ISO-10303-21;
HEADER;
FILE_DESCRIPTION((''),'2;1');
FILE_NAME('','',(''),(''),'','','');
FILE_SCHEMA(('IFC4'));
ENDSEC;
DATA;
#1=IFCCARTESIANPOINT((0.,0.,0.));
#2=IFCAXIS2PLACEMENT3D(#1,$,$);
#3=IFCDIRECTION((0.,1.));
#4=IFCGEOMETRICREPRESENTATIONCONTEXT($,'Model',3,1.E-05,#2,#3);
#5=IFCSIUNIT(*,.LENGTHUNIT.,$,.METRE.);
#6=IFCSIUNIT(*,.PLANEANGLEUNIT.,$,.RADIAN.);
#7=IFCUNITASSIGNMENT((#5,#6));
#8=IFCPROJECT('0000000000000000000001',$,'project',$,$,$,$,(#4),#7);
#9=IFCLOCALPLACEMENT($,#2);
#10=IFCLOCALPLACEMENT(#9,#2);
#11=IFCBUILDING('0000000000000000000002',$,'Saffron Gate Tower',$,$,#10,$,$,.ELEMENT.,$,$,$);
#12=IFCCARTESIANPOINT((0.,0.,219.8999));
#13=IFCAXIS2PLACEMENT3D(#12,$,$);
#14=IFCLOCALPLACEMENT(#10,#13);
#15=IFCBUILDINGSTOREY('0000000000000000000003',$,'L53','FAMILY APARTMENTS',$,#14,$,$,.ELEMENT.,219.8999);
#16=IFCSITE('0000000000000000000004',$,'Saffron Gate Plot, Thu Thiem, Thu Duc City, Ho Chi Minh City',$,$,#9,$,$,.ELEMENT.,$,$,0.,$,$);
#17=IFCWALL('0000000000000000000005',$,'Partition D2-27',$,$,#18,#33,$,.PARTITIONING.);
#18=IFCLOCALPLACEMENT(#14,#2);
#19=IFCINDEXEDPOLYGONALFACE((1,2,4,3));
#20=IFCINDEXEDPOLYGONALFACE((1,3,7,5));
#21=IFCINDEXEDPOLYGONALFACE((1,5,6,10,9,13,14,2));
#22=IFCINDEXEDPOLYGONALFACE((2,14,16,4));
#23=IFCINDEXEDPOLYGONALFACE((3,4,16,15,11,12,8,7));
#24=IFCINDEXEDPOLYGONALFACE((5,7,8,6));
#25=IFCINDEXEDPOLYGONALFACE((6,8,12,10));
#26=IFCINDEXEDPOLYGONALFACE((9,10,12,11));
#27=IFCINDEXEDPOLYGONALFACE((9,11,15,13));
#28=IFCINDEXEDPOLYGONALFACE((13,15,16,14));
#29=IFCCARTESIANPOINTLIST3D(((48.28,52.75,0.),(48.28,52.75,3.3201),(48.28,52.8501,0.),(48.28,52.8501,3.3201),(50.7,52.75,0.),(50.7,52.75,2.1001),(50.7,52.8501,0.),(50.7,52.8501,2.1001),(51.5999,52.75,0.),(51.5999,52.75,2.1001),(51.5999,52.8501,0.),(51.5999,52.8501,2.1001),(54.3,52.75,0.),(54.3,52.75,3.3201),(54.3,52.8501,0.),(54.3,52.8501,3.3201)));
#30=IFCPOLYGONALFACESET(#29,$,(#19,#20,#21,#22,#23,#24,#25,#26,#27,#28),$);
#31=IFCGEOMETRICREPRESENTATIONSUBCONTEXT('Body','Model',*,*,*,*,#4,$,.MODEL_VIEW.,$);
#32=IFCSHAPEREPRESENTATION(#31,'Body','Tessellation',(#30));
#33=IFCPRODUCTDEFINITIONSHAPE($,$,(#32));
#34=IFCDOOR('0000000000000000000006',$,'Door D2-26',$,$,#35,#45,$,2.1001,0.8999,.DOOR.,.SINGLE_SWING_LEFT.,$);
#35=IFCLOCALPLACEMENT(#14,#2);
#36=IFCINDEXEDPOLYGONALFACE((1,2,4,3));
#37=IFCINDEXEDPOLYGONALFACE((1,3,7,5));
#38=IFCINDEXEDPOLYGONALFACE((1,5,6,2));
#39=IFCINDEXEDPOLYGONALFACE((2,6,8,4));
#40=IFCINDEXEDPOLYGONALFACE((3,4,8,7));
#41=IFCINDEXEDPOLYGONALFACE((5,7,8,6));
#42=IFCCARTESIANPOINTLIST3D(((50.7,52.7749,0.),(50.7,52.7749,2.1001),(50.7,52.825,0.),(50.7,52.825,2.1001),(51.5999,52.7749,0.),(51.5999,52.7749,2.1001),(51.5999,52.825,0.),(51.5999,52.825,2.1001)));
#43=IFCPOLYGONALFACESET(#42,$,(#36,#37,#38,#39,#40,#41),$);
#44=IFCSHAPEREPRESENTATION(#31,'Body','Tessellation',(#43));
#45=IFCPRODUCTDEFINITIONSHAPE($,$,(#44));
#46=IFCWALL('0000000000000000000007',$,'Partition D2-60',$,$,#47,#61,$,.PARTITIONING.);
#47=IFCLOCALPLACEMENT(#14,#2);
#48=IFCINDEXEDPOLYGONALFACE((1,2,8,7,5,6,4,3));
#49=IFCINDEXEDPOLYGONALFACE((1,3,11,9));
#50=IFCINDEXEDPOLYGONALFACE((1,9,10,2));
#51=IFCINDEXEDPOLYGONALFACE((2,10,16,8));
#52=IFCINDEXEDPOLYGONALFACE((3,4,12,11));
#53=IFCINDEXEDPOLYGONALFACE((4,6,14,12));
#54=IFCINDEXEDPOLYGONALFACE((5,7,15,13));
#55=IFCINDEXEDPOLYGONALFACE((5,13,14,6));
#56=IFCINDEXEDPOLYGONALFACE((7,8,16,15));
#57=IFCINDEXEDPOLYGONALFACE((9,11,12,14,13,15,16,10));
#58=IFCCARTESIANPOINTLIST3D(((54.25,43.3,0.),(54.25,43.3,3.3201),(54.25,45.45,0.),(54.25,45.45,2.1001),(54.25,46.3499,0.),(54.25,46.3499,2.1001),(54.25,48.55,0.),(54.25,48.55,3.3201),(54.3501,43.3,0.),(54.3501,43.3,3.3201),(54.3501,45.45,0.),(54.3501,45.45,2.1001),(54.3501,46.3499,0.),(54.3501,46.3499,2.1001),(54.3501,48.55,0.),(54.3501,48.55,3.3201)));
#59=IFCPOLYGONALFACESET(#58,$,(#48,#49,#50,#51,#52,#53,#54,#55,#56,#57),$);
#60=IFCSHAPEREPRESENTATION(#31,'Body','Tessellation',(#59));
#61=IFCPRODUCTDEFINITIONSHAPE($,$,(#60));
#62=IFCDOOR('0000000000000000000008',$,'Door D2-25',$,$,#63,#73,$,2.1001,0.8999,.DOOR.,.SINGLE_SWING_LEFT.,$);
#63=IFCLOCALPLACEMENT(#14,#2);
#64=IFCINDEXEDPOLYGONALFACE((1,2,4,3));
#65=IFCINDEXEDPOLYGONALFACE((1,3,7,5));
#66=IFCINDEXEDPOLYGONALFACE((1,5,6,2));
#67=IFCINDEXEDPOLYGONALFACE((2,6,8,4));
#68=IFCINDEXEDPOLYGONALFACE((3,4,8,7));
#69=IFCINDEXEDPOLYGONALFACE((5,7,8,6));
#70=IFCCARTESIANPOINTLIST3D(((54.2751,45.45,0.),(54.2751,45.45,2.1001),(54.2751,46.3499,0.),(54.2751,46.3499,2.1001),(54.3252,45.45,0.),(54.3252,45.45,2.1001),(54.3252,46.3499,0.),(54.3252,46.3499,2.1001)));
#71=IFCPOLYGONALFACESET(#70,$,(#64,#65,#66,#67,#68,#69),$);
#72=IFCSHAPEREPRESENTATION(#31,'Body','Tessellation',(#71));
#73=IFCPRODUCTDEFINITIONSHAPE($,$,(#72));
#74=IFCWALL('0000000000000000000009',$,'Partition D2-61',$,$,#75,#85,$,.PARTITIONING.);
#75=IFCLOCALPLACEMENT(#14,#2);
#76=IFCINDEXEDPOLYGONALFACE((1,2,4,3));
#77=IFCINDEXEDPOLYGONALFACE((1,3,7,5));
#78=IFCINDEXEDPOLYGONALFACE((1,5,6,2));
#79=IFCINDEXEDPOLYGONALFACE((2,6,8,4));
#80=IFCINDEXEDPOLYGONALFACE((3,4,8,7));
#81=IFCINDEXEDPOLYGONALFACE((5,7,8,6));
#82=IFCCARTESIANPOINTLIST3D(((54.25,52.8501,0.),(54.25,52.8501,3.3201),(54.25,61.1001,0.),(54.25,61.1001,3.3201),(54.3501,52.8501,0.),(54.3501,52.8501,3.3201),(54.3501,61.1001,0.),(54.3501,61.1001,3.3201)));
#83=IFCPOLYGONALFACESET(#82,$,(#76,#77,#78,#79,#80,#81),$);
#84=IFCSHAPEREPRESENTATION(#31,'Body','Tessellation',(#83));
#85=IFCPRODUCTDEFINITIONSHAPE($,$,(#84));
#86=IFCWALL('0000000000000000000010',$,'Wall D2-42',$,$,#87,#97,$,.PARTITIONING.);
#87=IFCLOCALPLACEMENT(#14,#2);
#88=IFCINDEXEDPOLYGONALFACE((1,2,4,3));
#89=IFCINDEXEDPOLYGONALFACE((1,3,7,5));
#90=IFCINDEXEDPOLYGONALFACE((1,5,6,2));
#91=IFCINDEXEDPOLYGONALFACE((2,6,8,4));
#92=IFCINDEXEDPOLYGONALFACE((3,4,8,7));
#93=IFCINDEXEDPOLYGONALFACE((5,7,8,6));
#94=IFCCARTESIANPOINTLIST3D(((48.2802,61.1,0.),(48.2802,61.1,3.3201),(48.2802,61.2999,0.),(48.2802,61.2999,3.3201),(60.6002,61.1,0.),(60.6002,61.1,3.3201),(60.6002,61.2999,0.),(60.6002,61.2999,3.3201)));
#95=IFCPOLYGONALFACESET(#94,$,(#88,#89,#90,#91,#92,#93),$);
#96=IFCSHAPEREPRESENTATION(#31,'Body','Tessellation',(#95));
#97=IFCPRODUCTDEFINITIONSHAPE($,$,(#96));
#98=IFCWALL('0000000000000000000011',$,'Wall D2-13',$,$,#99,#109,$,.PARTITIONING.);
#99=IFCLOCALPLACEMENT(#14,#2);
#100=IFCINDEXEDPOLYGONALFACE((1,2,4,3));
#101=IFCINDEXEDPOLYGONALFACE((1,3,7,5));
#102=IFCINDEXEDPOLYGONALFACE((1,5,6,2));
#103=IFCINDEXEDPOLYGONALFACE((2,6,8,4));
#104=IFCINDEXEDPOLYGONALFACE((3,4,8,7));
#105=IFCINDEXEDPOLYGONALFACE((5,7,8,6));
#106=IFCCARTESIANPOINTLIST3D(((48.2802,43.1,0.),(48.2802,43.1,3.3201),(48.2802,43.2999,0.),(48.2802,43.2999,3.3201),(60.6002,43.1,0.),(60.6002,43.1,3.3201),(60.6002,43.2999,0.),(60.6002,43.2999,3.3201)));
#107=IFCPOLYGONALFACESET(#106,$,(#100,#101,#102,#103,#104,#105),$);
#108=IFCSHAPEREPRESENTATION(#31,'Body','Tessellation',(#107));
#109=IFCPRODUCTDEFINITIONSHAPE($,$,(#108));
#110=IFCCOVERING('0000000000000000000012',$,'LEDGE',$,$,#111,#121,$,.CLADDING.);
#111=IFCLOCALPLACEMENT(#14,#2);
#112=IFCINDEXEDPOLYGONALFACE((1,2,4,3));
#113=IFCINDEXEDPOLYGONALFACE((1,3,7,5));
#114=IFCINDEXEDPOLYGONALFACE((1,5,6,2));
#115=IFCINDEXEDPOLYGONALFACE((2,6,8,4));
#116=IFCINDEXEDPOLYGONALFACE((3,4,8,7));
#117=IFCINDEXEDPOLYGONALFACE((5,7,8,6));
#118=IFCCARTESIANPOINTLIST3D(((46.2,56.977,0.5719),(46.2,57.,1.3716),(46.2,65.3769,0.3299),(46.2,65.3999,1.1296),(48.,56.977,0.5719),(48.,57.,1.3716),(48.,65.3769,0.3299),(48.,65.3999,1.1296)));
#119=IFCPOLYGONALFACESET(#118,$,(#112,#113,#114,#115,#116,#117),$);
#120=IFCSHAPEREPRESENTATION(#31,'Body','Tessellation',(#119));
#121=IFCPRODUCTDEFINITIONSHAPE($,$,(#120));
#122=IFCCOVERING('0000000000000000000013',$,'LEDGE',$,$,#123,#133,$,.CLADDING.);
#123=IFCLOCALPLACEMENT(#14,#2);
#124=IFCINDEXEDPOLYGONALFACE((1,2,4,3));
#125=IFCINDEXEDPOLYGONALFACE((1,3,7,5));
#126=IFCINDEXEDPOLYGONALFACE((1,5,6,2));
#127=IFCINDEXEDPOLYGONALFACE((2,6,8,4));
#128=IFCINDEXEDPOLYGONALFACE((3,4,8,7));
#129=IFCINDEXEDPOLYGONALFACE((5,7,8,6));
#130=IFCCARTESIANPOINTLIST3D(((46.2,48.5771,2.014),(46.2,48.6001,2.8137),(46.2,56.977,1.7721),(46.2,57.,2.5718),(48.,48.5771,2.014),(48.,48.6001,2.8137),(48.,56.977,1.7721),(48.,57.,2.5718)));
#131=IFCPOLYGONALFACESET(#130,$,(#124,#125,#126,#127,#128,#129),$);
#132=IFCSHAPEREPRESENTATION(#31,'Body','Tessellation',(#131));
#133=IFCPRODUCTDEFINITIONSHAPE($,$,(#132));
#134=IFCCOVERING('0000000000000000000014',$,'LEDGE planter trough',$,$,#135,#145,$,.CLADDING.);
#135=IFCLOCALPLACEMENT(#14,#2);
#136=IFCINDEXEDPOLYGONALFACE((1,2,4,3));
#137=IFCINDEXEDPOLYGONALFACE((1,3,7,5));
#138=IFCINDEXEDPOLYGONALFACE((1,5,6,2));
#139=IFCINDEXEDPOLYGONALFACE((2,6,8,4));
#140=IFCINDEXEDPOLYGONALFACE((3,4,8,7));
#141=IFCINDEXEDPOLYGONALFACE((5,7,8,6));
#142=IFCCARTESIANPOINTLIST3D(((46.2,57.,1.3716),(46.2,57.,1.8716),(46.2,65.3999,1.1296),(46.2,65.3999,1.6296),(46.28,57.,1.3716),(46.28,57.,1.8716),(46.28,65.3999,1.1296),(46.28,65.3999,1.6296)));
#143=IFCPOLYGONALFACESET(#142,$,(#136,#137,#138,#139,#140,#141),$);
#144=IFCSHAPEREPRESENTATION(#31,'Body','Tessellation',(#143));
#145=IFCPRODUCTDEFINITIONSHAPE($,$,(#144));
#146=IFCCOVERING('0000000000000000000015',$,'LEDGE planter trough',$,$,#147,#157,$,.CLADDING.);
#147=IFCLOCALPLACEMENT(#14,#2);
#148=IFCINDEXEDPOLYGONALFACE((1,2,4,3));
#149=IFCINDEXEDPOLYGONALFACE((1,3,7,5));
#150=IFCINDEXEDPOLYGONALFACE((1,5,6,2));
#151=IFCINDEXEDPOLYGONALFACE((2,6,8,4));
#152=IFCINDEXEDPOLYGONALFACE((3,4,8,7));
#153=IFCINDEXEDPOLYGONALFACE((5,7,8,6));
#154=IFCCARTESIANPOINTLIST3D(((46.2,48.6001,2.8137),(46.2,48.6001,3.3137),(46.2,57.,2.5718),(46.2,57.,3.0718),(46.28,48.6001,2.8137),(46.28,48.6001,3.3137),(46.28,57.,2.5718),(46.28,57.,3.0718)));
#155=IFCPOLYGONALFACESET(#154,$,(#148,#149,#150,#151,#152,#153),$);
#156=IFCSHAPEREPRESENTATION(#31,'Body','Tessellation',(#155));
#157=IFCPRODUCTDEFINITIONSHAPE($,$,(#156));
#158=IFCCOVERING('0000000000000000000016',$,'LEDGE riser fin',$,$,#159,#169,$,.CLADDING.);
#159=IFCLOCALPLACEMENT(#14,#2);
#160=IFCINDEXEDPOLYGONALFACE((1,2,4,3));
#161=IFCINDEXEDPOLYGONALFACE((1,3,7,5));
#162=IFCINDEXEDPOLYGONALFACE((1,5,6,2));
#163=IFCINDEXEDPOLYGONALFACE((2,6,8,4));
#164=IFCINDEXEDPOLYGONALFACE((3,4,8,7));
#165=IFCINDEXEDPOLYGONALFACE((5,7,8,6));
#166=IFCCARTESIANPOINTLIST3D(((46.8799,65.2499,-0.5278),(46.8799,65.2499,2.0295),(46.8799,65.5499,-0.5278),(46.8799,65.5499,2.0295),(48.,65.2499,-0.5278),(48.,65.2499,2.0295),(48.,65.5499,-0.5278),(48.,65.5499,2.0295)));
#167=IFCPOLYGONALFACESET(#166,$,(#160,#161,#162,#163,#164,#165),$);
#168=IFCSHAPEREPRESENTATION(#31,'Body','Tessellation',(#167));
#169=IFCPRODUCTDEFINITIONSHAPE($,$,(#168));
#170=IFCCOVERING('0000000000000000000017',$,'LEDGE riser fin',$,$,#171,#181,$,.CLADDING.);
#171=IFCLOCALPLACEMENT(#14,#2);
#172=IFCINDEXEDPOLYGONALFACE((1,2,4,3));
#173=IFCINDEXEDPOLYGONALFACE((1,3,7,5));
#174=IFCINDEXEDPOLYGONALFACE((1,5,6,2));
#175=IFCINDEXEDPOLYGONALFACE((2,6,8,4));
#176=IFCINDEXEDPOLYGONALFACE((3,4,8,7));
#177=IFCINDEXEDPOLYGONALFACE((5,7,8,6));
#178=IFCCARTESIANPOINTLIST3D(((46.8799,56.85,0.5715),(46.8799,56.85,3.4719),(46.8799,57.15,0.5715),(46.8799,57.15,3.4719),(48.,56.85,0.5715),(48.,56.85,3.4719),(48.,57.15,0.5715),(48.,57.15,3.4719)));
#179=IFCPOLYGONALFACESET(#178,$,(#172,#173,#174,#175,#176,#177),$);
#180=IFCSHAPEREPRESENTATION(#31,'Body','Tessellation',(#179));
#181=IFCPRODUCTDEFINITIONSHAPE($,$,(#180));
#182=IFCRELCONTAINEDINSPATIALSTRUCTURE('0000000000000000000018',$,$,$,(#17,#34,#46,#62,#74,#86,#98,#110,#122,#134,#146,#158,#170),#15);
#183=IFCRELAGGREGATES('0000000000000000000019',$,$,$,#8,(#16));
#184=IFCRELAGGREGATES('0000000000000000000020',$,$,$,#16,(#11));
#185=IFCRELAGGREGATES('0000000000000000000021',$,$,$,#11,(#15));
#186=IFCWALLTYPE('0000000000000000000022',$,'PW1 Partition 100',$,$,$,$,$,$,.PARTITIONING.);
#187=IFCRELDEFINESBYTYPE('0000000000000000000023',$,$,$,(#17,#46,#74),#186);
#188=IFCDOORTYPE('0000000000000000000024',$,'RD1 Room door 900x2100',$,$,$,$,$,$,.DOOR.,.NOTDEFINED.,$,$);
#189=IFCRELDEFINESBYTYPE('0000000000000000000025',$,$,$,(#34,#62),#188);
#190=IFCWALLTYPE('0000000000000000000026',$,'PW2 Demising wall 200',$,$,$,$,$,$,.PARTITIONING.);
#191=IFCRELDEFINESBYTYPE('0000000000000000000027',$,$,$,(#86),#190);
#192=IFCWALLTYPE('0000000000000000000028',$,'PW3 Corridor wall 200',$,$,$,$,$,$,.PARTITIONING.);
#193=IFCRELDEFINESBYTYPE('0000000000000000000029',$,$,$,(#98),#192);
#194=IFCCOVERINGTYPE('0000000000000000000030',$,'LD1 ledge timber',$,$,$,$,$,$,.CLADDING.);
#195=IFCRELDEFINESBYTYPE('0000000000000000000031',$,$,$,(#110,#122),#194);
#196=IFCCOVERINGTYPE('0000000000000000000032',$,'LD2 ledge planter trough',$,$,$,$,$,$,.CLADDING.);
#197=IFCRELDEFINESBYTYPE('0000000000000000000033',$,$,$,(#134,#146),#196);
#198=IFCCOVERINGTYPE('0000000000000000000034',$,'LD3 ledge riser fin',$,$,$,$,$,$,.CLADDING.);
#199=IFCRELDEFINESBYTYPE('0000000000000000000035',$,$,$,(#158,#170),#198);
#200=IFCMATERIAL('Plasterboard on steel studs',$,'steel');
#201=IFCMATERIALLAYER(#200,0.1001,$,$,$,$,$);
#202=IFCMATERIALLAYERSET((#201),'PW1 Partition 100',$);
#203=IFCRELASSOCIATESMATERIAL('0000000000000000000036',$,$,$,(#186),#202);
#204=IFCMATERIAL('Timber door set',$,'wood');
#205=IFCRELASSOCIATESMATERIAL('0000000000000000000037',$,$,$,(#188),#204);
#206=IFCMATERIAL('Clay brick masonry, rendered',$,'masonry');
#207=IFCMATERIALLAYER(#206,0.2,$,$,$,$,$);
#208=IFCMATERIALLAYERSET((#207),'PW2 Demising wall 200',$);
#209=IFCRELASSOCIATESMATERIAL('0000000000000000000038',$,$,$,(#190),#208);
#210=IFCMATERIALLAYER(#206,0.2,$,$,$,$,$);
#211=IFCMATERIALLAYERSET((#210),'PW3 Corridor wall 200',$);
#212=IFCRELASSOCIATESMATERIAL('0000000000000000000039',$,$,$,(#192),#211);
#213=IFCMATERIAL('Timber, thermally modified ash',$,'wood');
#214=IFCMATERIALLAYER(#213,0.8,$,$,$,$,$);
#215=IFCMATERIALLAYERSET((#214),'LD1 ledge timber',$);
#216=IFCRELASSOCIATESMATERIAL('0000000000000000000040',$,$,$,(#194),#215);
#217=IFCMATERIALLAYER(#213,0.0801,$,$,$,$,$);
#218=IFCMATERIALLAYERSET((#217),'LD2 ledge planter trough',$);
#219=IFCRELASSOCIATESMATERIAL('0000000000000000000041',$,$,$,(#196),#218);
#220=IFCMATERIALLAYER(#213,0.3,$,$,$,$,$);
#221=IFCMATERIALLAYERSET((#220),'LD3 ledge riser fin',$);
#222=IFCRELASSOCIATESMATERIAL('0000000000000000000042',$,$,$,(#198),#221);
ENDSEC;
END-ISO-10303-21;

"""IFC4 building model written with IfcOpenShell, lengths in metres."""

from ifc_helpers import new_model, si_unit, direction, frame, frame_2d, origin, origin_2d, place, context, subcontext, project, spatial, polyline, rectangle, outline, extrude, material, layer, layer_set, type_object, element, fill, save


model = new_model("IFC4")

# Units and contexts
model_context = context("Model", 3, precision=1e-05, world=origin(), true_north=direction((0.0, 1.0)))
body_context = subcontext(model_context, "Body", "Model", "MODEL_VIEW")
ifc_project = project(units=[si_unit("LENGTHUNIT", "METRE"), si_unit("PLANEANGLEUNIT", "RADIAN")], contexts=[model_context])

# Site, building, storey
site_placement = place(None, origin())
site = spatial("IfcSite", under=ifc_project, at=site_placement, Name="Saffron Gate Plot, Thu Thiem, Thu Duc City, Ho Chi Minh City", CompositionType="ELEMENT", RefElevation=0.0)
building_placement = place(site_placement, origin())
building = spatial("IfcBuilding", under=site, at=building_placement, Name="Saffron Gate Tower", CompositionType="ELEMENT")
storey_placement = place(building_placement, frame((0.0, 0.0, 219.8999)))
storey = spatial("IfcBuildingStorey", under=building, at=storey_placement, Name="L53", Description="FAMILY APARTMENTS", CompositionType="ELEMENT", Elevation=219.8999)

# Shared definitions
ifc_material_1 = material(Name="Plasterboard on steel studs", Category="steel")
ifc_layer_1 = layer(ifc_material_1, 0.1001)
ifc_layer_set_1 = layer_set([ifc_layer_1], Name="PW1 Partition 100")
wall_type_1 = type_object("IfcWallType", Name="PW1 Partition 100", PredefinedType="PARTITIONING", material=ifc_layer_set_1)

# Walls, openings, doors
wall_1_placement = place(storey_placement, frame((48.28, 52.8, 0.0), z_axis=(0.0, 0.0, 1.0), x_axis=(1.0, 0.0, 0.0)))
wall_1 = element("IfcWall", 1, at=wall_1_placement, inside=storey, type_object=wall_type_1, Name="Partition D2-27", PredefinedType="PARTITIONING", context=body_context, shape_type="SweptSolid", body=[
    extrude(rectangle(XDim=6.02, YDim=0.1001, at=frame_2d((3.01, 0.0))), origin(), (0.0, 0.0, 1.0), 3.3201),
])
opening_1_placement = place(wall_1_placement, frame((2.4199, 0.0, 0.0)))
opening_1 = element("IfcOpeningElement", 2, at=opening_1_placement, cuts=wall_1, PredefinedType="OPENING", context=body_context, shape_type="SweptSolid", body=[
    extrude(rectangle(XDim=0.8999, YDim=2.1001, at=frame_2d((0.45, 1.05))), frame((0.0, 0.0601, 0.0), z_axis=(0.0, -1.0, 0.0), x_axis=(1.0, 0.0, 0.0)), (0.0, 0.0, 1.0), 0.1201),
])
ifc_material_2 = material(Name="Timber door set", Category="wood")
door_type = type_object("IfcDoorType", Name="RD1 Room door 900x2100", OperationType="NOTDEFINED", PredefinedType="DOOR", material=ifc_material_2)
door_1_placement = place(opening_1_placement, origin())
door_1 = element("IfcDoor", 3, at=door_1_placement, inside=storey, type_object=door_type, Name="Door D2-26", OperationType="SINGLE_SWING_LEFT", OverallHeight=2.1001, OverallWidth=0.8999, PredefinedType="DOOR", context=body_context, shape_type="SweptSolid", body=[
    extrude(rectangle(XDim=0.8999, YDim=2.1001, at=frame_2d((0.45, 1.05))), frame((0.0, 0.0249, 0.0), z_axis=(0.0, -1.0, 0.0), x_axis=(1.0, 0.0, 0.0)), (0.0, 0.0, 1.0), 0.05),
])
fill(opening_1, door_1)
wall_2_placement = place(storey_placement, frame((54.3, 43.3, 0.0), z_axis=(0.0, 0.0, 1.0), x_axis=(0.0, 1.0, 0.0)))
wall_2 = element("IfcWall", 4, at=wall_2_placement, inside=storey, type_object=wall_type_1, Name="Partition D2-60", PredefinedType="PARTITIONING", context=body_context, shape_type="SweptSolid", body=[
    extrude(rectangle(XDim=5.25, YDim=0.1001, at=frame_2d((2.625, 0.0))), origin(), (0.0, 0.0, 1.0), 3.3201),
])
opening_2_placement = place(wall_2_placement, frame((2.1499, 0.0, 0.0)))
opening_2 = element("IfcOpeningElement", 5, at=opening_2_placement, cuts=wall_2, PredefinedType="OPENING", context=body_context, shape_type="SweptSolid", body=[
    extrude(rectangle(XDim=0.8999, YDim=2.1001, at=frame_2d((0.45, 1.05))), frame((0.0, 0.0601, 0.0), z_axis=(0.0, -1.0, 0.0), x_axis=(1.0, 0.0, 0.0)), (0.0, 0.0, 1.0), 0.1201),
])
door_2_placement = place(opening_2_placement, origin())
door_2 = element("IfcDoor", 6, at=door_2_placement, inside=storey, type_object=door_type, Name="Door D2-25", OperationType="SINGLE_SWING_LEFT", OverallHeight=2.1001, OverallWidth=0.8999, PredefinedType="DOOR", context=body_context, shape_type="SweptSolid", body=[
    extrude(rectangle(XDim=0.8999, YDim=2.1001, at=frame_2d((0.45, 1.05))), frame((0.0, 0.0249, 0.0), z_axis=(0.0, -1.0, 0.0), x_axis=(1.0, 0.0, 0.0)), (0.0, 0.0, 1.0), 0.05),
])
fill(opening_2, door_2)

# Walls
wall_3_placement = place(storey_placement, frame((54.3, 61.1001, 0.0), z_axis=(0.0, 0.0, 1.0), x_axis=(0.0, -1.0, 0.0)))
element("IfcWall", 7, at=wall_3_placement, inside=storey, type_object=wall_type_1, Name="Partition D2-61", PredefinedType="PARTITIONING", context=body_context, shape_type="SweptSolid", body=[
    extrude(rectangle(XDim=8.25, YDim=0.1001, at=frame_2d((4.125, 0.0))), origin(), (0.0, 0.0, 1.0), 3.3201),
])
ifc_material_3 = material(Name="Clay brick masonry, rendered", Category="masonry")
ifc_layer_2 = layer(ifc_material_3, 0.2)
ifc_layer_set_2 = layer_set([ifc_layer_2], Name="PW2 Demising wall 200")
wall_type_2 = type_object("IfcWallType", Name="PW2 Demising wall 200", PredefinedType="PARTITIONING", material=ifc_layer_set_2)
wall_4_placement = place(storey_placement, frame((48.28, 61.2, 0.0), z_axis=(0.0, 0.0, 1.0), x_axis=(1.0, 0.0, 0.0)))
element("IfcWall", 8, at=wall_4_placement, inside=storey, type_object=wall_type_2, Name="Wall D2-42", PredefinedType="PARTITIONING", context=body_context, shape_type="SweptSolid", body=[
    extrude(rectangle(XDim=12.3201, YDim=0.2, at=frame_2d((6.1602, 0.0))), origin(), (0.0, 0.0, 1.0), 3.3201),
])
ifc_layer_3 = layer(ifc_material_3, 0.2)
ifc_layer_set_3 = layer_set([ifc_layer_3], Name="PW3 Corridor wall 200")
wall_type_3 = type_object("IfcWallType", Name="PW3 Corridor wall 200", PredefinedType="PARTITIONING", material=ifc_layer_set_3)
wall_5_placement = place(storey_placement, frame((48.28, 43.2, 0.0), z_axis=(0.0, 0.0, 1.0), x_axis=(1.0, 0.0, 0.0)))
element("IfcWall", 9, at=wall_5_placement, inside=storey, type_object=wall_type_3, Name="Wall D2-13", PredefinedType="PARTITIONING", context=body_context, shape_type="SweptSolid", body=[
    extrude(rectangle(XDim=12.3201, YDim=0.2, at=frame_2d((6.1602, 0.0))), origin(), (0.0, 0.0, 1.0), 3.3201),
])

# Coverings
ifc_material_4 = material(Name="Timber, thermally modified ash", Category="wood")
ifc_layer_4 = layer(ifc_material_4, 0.8)
ifc_layer_set_4 = layer_set([ifc_layer_4], Name="LD1 ledge timber")
covering_type_1 = type_object("IfcCoveringType", Name="LD1 ledge timber", PredefinedType="CLADDING", material=ifc_layer_set_4)
for number, where, z_axis, x_axis, name in (
    (10, (48.0, 65.3999, 1.1296), (0.0, 0.028791, 0.999585), (0.0, -0.999585, 0.028791), "LEDGE"),
    (11, (48.0, 57.0, 2.5718), (0.0, 0.028791, 0.999585), (0.0, -0.999585, 0.028791), "LEDGE"),
):
    element("IfcCovering", number, at=place(storey_placement, frame(where, z_axis=z_axis, x_axis=x_axis)), inside=storey, type_object=covering_type_1, Name=name, PredefinedType="CLADDING", context=body_context, shape_type="SweptSolid", body=[
        extrude(outline(polyline([(0.0, 0.0), (8.4034, 0.0), (8.4034, -1.8), (0.0, -1.8), (0.0, 0.0)])), origin(), (0.0, 0.0, -1.0), 0.8),
    ])
ifc_layer_5 = layer(ifc_material_4, 0.0801)
ifc_layer_set_5 = layer_set([ifc_layer_5], Name="LD2 ledge planter trough")
covering_type_2 = type_object("IfcCoveringType", Name="LD2 ledge planter trough", PredefinedType="CLADDING", material=ifc_layer_set_5)
for number, where, z_axis, x_axis, name in (
    (12, (46.2, 65.3999, 1.1296), (-1.0, 0.0, 0.0), (0.0, -0.999585, 0.028791), "LEDGE planter trough"),
    (13, (46.2, 57.0, 2.5718), (-1.0, 0.0, 0.0), (0.0, -0.999585, 0.028791), "LEDGE planter trough"),
):
    element("IfcCovering", number, at=place(storey_placement, frame(where, z_axis=z_axis, x_axis=x_axis)), inside=storey, type_object=covering_type_2, Name=name, PredefinedType="CLADDING", context=body_context, shape_type="SweptSolid", body=[
        extrude(outline(polyline([(0.0, 0.0), (8.4034, 0.0), (8.4178, 0.4998), (0.0144, 0.4998), (0.0, 0.0)])), origin(), (0.0, 0.0, -1.0), 0.0801),
    ])
ifc_layer_6 = layer(ifc_material_4, 0.3)
ifc_layer_set_6 = layer_set([ifc_layer_6], Name="LD3 ledge riser fin")
covering_type_3 = type_object("IfcCoveringType", Name="LD3 ledge riser fin", PredefinedType="CLADDING", material=ifc_layer_set_6)
covering_1_placement = place(storey_placement, frame((47.4399, 65.3999, -0.5278), z_axis=(0.0, 0.0, 1.0), x_axis=(0.0, -1.0, 0.0)))
element("IfcCovering", 14, at=covering_1_placement, inside=storey, type_object=covering_type_3, Name="LEDGE riser fin", PredefinedType="CLADDING", context=body_context, shape_type="SweptSolid", body=[
    extrude(rectangle(XDim=0.3, YDim=1.1201, at=origin_2d()), origin(), (0.0, 0.0, 1.0), 2.5574),
])
covering_2_placement = place(storey_placement, frame((47.4399, 57.0, 0.5715), z_axis=(0.0, 0.0, 1.0), x_axis=(0.0, -1.0, 0.0)))
element("IfcCovering", 15, at=covering_2_placement, inside=storey, type_object=covering_type_3, Name="LEDGE riser fin", PredefinedType="CLADDING", context=body_context, shape_type="SweptSolid", body=[
    extrude(rectangle(XDim=0.3, YDim=1.1201, at=origin_2d()), origin(), (0.0, 0.0, 1.0), 2.9004),
])

save(model, "model.ifc")
